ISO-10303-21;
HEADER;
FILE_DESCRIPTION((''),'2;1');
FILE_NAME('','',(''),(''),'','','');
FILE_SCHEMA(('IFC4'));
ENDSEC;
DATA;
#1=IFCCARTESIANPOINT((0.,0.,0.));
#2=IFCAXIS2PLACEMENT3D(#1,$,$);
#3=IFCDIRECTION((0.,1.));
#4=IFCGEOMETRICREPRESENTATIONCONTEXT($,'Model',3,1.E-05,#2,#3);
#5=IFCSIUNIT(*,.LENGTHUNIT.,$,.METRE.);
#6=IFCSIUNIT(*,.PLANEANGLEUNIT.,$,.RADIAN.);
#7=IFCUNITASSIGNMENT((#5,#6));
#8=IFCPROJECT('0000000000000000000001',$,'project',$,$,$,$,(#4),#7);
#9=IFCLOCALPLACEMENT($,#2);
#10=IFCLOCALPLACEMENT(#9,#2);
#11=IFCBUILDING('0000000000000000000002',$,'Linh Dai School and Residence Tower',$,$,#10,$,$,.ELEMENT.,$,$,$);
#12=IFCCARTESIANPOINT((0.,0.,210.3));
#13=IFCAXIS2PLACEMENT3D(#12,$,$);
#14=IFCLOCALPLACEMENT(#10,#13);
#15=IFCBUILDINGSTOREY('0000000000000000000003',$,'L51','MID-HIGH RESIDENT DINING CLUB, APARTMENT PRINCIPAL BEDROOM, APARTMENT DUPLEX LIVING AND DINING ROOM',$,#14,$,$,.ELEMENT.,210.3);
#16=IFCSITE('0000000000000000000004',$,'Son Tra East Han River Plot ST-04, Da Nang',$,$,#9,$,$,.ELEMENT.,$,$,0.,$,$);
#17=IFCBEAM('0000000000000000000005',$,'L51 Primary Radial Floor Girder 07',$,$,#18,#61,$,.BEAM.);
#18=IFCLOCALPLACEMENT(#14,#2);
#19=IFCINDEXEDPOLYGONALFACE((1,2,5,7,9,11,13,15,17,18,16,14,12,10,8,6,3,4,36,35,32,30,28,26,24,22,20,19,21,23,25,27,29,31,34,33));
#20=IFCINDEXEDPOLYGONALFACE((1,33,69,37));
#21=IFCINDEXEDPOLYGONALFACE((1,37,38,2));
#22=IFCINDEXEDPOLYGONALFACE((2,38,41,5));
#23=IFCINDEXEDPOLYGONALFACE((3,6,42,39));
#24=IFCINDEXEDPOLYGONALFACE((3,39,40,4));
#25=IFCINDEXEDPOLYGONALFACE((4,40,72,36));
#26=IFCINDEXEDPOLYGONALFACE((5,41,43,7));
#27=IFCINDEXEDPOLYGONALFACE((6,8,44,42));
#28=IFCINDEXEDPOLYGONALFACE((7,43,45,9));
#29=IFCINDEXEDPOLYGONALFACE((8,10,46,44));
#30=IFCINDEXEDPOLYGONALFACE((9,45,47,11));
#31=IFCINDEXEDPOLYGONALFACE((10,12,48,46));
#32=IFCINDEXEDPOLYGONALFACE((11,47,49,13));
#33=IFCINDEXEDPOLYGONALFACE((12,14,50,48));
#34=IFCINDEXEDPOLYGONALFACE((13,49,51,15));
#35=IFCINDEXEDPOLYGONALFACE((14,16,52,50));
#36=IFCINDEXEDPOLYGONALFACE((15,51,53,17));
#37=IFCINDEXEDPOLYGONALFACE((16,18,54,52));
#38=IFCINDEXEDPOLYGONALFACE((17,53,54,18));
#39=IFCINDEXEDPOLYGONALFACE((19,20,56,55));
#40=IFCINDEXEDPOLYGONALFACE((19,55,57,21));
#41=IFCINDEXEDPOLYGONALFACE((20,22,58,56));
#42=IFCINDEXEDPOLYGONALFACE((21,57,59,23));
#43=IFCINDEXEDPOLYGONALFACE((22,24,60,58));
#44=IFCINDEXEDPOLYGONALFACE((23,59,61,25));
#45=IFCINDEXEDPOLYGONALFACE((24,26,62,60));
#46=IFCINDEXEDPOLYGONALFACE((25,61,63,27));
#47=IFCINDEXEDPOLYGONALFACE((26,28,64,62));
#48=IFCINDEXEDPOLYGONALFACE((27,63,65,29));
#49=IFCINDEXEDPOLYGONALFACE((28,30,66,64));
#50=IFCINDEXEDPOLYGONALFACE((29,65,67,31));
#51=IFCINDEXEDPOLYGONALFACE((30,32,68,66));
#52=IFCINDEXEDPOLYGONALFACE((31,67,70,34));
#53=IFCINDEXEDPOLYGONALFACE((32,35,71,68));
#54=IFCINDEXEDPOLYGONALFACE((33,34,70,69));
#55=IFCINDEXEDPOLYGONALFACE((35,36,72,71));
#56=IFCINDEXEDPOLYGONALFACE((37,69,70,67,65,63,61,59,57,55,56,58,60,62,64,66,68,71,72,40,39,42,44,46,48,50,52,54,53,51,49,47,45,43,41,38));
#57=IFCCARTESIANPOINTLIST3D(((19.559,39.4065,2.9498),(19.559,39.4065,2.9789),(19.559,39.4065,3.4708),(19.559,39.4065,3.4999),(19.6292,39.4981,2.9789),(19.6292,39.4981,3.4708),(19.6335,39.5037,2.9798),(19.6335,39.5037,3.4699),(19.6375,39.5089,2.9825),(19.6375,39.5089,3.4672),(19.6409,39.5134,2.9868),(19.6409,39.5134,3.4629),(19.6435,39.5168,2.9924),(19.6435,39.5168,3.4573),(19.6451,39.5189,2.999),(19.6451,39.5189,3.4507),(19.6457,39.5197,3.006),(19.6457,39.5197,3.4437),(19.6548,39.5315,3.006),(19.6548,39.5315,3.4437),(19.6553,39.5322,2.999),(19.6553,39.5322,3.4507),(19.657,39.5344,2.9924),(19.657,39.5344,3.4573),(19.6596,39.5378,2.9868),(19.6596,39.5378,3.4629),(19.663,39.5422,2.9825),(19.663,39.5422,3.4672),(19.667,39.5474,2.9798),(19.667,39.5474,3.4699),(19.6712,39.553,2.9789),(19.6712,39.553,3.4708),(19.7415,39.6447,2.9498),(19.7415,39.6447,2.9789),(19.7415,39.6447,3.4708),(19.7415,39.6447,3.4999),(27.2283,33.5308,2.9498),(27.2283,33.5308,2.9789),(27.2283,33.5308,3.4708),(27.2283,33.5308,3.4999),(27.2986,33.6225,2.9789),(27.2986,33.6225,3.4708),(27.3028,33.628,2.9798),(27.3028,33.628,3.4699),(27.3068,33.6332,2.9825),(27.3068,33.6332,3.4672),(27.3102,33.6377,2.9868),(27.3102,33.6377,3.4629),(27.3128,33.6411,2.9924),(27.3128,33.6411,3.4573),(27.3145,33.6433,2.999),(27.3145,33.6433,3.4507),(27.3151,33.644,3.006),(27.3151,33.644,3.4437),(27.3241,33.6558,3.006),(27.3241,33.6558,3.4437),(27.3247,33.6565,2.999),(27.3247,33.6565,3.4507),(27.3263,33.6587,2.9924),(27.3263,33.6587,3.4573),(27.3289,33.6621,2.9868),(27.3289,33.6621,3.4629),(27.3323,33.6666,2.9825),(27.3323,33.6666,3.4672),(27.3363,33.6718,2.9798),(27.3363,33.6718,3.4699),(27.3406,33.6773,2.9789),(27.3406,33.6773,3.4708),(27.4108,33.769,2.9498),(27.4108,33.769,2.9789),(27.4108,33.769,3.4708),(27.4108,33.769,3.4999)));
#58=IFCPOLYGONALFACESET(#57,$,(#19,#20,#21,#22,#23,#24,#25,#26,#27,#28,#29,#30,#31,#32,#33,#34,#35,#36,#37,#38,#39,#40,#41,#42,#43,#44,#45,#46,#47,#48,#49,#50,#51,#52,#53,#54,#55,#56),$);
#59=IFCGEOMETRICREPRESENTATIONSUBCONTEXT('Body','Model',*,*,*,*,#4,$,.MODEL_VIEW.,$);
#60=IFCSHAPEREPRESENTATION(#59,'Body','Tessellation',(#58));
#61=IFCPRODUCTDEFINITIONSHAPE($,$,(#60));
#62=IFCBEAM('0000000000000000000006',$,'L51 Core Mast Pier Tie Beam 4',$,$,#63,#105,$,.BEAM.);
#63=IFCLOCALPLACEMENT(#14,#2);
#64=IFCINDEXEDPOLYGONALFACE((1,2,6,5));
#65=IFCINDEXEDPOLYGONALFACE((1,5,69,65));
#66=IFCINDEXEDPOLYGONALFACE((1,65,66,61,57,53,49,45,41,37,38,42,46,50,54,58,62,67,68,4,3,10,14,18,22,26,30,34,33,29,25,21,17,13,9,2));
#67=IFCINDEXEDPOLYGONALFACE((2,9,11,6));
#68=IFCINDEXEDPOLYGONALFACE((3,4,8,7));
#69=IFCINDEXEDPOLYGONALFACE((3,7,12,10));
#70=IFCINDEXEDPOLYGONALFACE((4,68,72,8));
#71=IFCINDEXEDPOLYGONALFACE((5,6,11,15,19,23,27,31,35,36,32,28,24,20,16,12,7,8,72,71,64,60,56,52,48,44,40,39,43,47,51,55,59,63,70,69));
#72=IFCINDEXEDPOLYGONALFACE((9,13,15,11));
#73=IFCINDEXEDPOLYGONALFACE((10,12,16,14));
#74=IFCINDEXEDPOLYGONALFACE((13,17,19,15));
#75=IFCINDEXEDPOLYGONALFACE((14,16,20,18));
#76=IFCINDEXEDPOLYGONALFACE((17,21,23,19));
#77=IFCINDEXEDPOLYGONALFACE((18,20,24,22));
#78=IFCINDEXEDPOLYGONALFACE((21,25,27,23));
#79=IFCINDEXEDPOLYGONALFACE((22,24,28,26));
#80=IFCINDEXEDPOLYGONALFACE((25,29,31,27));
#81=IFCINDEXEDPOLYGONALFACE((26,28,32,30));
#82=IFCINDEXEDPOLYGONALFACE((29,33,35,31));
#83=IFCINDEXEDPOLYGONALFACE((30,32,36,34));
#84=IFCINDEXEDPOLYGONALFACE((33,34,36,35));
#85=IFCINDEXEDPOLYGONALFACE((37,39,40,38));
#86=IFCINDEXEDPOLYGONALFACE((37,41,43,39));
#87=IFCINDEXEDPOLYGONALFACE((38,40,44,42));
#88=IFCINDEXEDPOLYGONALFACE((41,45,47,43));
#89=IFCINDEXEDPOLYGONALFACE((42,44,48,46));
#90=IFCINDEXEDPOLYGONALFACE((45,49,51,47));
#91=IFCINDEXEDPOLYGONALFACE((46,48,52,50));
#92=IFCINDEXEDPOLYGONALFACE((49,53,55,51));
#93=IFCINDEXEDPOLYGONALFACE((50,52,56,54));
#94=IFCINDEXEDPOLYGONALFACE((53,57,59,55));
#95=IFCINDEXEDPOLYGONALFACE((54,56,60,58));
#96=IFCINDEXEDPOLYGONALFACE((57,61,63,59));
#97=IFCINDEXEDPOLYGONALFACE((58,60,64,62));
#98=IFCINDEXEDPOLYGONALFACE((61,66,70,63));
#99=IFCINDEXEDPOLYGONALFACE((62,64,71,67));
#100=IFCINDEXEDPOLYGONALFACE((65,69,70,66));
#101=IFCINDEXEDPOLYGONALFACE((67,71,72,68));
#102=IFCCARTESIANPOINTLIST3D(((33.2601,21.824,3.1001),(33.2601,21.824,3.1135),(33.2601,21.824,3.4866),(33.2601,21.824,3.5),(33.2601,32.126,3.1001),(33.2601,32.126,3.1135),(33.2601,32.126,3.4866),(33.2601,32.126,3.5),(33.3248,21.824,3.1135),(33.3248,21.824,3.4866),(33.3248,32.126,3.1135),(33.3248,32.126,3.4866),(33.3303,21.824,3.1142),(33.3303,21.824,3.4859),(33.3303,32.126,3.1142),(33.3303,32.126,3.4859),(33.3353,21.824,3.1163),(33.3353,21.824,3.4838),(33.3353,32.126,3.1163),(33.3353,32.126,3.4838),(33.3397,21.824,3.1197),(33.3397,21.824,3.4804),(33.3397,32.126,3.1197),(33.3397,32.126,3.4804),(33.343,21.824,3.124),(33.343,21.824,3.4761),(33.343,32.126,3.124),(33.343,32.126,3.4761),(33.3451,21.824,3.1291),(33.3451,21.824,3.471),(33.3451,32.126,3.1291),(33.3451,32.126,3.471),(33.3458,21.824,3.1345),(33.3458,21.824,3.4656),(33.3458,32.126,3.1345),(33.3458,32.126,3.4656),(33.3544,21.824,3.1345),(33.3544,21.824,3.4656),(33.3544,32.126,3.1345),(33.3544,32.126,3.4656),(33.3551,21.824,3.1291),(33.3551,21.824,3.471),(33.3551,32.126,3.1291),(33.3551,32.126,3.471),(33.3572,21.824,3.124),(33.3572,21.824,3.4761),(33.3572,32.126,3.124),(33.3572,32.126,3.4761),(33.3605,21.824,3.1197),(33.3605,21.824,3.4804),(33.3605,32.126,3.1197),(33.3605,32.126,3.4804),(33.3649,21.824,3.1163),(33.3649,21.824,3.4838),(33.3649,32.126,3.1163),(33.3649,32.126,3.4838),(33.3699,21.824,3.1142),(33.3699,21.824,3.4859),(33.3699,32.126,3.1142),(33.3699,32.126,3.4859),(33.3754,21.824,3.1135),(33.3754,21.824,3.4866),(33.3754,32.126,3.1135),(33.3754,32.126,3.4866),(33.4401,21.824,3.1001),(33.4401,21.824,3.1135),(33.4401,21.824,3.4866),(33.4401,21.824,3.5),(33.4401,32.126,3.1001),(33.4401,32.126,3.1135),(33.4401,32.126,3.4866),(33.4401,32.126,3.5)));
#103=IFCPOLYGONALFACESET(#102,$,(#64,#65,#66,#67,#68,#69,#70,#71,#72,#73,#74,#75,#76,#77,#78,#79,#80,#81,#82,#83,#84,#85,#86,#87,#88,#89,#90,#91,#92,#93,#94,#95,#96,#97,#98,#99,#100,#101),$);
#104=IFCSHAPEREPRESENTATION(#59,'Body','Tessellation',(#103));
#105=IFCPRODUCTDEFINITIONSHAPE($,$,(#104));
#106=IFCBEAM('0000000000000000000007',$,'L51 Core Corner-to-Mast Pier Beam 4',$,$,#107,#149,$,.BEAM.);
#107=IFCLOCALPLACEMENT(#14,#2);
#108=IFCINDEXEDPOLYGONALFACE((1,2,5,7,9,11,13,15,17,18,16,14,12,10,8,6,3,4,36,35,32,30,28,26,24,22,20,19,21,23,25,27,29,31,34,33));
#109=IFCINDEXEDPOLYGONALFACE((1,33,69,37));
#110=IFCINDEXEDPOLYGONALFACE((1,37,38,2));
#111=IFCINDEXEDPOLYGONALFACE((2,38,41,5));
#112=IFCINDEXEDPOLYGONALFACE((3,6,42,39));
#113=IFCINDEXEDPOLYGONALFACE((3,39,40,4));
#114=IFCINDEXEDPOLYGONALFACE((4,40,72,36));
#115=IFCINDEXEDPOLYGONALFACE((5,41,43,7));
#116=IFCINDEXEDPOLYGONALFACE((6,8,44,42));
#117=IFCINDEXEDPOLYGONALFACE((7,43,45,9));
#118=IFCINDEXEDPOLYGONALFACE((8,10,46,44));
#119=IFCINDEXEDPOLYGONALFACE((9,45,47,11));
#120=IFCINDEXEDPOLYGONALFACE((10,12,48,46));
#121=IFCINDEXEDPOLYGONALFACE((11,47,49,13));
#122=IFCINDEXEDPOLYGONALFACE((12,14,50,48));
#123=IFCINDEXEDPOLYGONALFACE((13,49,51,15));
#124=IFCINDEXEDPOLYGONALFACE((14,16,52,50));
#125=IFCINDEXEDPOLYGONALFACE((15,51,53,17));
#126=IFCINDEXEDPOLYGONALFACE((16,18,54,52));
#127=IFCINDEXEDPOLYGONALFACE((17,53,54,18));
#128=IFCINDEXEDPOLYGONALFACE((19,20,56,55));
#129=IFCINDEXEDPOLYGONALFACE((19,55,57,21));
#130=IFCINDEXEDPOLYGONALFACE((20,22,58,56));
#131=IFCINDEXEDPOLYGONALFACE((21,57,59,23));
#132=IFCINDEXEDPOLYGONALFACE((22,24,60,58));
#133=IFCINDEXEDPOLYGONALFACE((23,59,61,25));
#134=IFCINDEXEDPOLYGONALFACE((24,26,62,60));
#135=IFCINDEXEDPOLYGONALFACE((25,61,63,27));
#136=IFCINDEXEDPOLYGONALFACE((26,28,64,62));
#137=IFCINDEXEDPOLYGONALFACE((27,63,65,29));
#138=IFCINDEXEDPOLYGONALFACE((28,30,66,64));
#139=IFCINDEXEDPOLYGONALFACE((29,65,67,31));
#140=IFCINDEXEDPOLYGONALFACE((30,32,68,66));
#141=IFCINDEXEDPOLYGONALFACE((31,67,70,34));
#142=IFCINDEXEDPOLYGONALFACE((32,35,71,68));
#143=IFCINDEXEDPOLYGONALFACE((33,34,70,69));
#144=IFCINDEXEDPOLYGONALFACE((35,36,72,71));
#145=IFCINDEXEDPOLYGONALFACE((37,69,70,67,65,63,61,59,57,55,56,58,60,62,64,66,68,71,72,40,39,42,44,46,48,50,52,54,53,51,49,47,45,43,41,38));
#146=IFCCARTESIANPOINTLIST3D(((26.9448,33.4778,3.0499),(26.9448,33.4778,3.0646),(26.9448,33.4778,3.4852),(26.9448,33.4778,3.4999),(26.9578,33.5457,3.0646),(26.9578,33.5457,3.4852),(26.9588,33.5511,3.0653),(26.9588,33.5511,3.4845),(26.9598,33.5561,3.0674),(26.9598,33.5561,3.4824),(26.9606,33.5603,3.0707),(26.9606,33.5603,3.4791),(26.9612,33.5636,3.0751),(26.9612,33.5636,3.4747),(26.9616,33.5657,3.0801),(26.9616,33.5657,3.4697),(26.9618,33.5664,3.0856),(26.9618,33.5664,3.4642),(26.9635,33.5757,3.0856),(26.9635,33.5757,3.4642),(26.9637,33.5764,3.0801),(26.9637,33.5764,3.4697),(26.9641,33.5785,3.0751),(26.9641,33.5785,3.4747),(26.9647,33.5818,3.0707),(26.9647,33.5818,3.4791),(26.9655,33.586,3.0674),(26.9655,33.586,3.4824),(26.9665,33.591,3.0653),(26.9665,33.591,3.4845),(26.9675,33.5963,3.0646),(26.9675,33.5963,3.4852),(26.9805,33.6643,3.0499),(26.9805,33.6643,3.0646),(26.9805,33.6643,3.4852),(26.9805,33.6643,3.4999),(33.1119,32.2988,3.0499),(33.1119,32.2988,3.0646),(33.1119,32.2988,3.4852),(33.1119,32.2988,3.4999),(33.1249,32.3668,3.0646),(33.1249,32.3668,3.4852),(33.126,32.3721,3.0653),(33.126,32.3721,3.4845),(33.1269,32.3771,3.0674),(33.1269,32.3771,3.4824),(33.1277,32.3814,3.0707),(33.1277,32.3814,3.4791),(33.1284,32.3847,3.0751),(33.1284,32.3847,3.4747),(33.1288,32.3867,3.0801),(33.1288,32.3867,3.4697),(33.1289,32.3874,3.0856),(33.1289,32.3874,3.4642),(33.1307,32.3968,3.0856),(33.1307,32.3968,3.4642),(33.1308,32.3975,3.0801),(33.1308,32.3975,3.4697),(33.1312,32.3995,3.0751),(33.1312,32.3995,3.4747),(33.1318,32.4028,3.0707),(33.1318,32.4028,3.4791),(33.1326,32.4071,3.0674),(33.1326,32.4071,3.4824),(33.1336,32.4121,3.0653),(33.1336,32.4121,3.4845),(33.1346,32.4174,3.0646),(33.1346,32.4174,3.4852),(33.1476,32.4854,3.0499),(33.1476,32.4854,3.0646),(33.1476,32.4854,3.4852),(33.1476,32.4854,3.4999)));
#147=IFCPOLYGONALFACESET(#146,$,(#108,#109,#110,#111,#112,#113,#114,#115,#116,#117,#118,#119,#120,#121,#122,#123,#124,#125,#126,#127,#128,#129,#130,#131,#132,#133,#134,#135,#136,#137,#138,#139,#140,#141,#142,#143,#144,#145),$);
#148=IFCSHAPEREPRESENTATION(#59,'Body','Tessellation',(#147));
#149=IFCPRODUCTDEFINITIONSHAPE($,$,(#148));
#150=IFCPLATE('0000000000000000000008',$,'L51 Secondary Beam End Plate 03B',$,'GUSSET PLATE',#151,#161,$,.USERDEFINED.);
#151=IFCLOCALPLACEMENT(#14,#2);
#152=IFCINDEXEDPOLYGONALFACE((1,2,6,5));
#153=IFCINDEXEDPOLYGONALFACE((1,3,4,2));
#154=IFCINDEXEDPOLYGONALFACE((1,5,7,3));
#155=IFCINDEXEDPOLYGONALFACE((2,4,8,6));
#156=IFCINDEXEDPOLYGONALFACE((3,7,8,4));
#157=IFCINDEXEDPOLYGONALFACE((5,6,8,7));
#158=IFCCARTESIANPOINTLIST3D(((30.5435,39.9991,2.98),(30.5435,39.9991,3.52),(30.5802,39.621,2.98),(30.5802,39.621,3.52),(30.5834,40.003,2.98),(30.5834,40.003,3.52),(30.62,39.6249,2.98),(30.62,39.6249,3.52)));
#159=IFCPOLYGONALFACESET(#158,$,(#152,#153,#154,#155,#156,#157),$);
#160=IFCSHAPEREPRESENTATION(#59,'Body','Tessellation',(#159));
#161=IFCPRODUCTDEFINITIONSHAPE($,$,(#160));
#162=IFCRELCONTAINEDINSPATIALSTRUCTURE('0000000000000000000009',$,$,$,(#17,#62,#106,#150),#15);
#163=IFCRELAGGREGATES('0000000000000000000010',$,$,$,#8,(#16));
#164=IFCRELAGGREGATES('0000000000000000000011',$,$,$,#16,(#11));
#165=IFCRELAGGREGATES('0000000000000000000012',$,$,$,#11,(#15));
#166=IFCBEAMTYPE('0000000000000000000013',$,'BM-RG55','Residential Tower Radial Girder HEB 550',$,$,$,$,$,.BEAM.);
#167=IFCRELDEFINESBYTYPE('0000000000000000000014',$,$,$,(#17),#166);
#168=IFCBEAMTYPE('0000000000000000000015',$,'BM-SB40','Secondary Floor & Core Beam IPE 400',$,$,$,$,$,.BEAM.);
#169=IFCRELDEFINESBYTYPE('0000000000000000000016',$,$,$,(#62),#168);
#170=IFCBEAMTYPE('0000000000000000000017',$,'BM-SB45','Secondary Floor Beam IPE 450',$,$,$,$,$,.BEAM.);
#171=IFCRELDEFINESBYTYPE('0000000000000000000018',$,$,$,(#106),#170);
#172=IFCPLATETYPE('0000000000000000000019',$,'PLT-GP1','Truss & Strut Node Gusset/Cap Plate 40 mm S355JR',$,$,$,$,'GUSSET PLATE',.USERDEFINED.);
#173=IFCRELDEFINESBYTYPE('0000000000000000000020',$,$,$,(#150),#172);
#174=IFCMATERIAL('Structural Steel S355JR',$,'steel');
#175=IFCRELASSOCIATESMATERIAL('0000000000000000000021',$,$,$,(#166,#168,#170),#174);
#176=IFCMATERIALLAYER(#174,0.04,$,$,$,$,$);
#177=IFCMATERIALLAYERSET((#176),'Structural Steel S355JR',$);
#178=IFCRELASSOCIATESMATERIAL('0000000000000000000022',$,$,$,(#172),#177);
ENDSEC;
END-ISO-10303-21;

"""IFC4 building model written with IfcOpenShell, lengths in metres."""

from ifc_helpers import new_model, si_unit, direction, frame, origin, origin_2d, place, context, subcontext, project, spatial, rectangle, i_section, extrude, source, transform, mapped, material, layer, layer_set, material_profile, profile_set, type_object, element, save


model = new_model("IFC4")

# Units and contexts
model_context = context("Model", 3, precision=1e-05, world=origin(), true_north=direction((0.0, 1.0)))
body_context = subcontext(model_context, "Body", "Model", "MODEL_VIEW")
ifc_project = project(units=[si_unit("LENGTHUNIT", "METRE"), si_unit("PLANEANGLEUNIT", "RADIAN")], contexts=[model_context])

# Site, building, storey
site_placement = place(None, origin())
site = spatial("IfcSite", under=ifc_project, at=site_placement, Name="Son Tra East Han River Plot ST-04, Da Nang", CompositionType="ELEMENT", RefElevation=0.0)
building_placement = place(site_placement, origin())
building = spatial("IfcBuilding", under=site, at=building_placement, Name="Linh Dai School and Residence Tower", CompositionType="ELEMENT")
storey_placement = place(building_placement, frame((0.0, 0.0, 210.3)))
storey = spatial("IfcBuildingStorey", under=building, at=storey_placement, Name="L51", Description="MID-HIGH RESIDENT DINING CLUB, APARTMENT PRINCIPAL BEDROOM, APARTMENT DUPLEX LIVING AND DINING ROOM", CompositionType="ELEMENT", Elevation=210.3)

# Shared definitions
ifc_material_1 = material(Name="Structural Steel S355JR", Category="steel")

# Beams
ifc_material_profile_1 = material_profile(ifc_material_1, i_section(OverallWidth=0.3, OverallDepth=0.55, WebThickness=0.0149, FlangeThickness=0.0291, FilletRadius=0.0271, at=origin_2d()), Name="HEB 550")
ifc_profile_set_1 = profile_set([ifc_material_profile_1], Name="Structural Steel S355JR")
beam_type_1 = type_object("IfcBeamType", Name="BM-RG55", Description="Residential Tower Radial Girder HEB 550", PredefinedType="BEAM", material=ifc_profile_set_1)
beam_1_placement = place(storey_placement, frame((27.3196, 33.6499, 3.2249), z_axis=(-0.793815, 0.60816, 0.0), x_axis=(-0.60816, -0.793815, 0.0)))
element("IfcBeam", 1, at=beam_1_placement, inside=storey, type_object=beam_type_1, Name="L51 Primary Radial Floor Girder 07", PredefinedType="BEAM", context=body_context, shape_type="SweptSolid", body=[
    extrude(i_section(OverallWidth=0.3, OverallDepth=0.55, WebThickness=0.0149, FlangeThickness=0.0291, FilletRadius=0.0271, at=origin_2d()), origin(), (0.0, 0.0, 1.0), 9.6614),
])
ifc_material_profile_2 = material_profile(ifc_material_1, i_section(OverallWidth=0.1799, OverallDepth=0.3999, WebThickness=0.0085, FlangeThickness=0.0134, FilletRadius=0.021, at=origin_2d()), Name="IPE 400")
ifc_profile_set_2 = profile_set([ifc_material_profile_2], Name="Structural Steel S355JR")
beam_type_2 = type_object("IfcBeamType", Name="BM-SB40", Description="Secondary Floor & Core Beam IPE 400", PredefinedType="BEAM", material=ifc_profile_set_2)
beam_2_placement = place(storey_placement, frame((33.3501, 32.126, 3.3), z_axis=(0.0, -1.0, 0.0), x_axis=(1.0, 0.0, 0.0)))
element("IfcBeam", 2, at=beam_2_placement, inside=storey, type_object=beam_type_2, Name="L51 Core Mast Pier Tie Beam 4", PredefinedType="BEAM", context=body_context, shape_type="SweptSolid", body=[
    extrude(i_section(OverallWidth=0.1799, OverallDepth=0.3999, WebThickness=0.0085, FlangeThickness=0.0134, FilletRadius=0.021, at=origin_2d()), origin(), (0.0, 0.0, 1.0), 10.302),
])
ifc_material_profile_3 = material_profile(ifc_material_1, i_section(OverallWidth=0.1899, OverallDepth=0.45, WebThickness=0.0095, FlangeThickness=0.0146, FilletRadius=0.021, at=origin_2d()), Name="IPE 450")
ifc_profile_set_3 = profile_set([ifc_material_profile_3], Name="Structural Steel S355JR")
beam_type_3 = type_object("IfcBeamType", Name="BM-SB45", Description="Secondary Floor Beam IPE 450", PredefinedType="BEAM", material=ifc_profile_set_3)
beam_3_placement = place(storey_placement, frame((26.9626, 33.571, 3.2749), z_axis=(0.982214, -0.187764, 0.0), x_axis=(0.187764, 0.982214, 0.0)))
element("IfcBeam", 3, at=beam_3_placement, inside=storey, type_object=beam_type_3, Name="L51 Core Corner-to-Mast Pier Beam 4", PredefinedType="BEAM", context=body_context, shape_type="SweptSolid", body=[
    extrude(i_section(OverallWidth=0.1899, OverallDepth=0.45, WebThickness=0.0095, FlangeThickness=0.0146, FilletRadius=0.021, at=origin_2d()), origin(), (0.0, 0.0, 1.0), 6.2788),
])

# Plate
ifc_layer_1 = layer(ifc_material_1, 0.04)
ifc_layer_set_1 = layer_set([ifc_layer_1], Name="Structural Steel S355JR")
plate_type = type_object("IfcPlateType", Name="PLT-GP1", Description="Truss & Strut Node Gusset/Cap Plate 40 mm S355JR", ElementType="GUSSET PLATE", PredefinedType="USERDEFINED", material=ifc_layer_set_1)
shared_shape_1 = source(origin(), body_context, "Body", "SweptSolid", [
    extrude(rectangle(XDim=0.04, YDim=0.3799, at=origin_2d()), origin(), (0.0, 0.0, 1.0), 0.54),
])
plate_placement = place(storey_placement, frame((30.5818, 39.812, 2.98), z_axis=(0.0, 0.0, 1.0), x_axis=(-0.995333, -0.096497, 0.0)))
element("IfcPlate", 4, at=plate_placement, inside=storey, type_object=plate_type, Name="L51 Secondary Beam End Plate 03B", ObjectType="GUSSET PLATE", PredefinedType="USERDEFINED", context=body_context, shape_type="MappedRepresentation", body=[
    mapped(shared_shape_1, transform((0.0, 0.0, 0.0), x_axis=(1.0, 0.0, 0.0), y_axis=(0.0, 1.0, 0.0), z_axis=(0.0, 0.0, 1.0), scale=1.0)),
])

save(model, "model.ifc")
